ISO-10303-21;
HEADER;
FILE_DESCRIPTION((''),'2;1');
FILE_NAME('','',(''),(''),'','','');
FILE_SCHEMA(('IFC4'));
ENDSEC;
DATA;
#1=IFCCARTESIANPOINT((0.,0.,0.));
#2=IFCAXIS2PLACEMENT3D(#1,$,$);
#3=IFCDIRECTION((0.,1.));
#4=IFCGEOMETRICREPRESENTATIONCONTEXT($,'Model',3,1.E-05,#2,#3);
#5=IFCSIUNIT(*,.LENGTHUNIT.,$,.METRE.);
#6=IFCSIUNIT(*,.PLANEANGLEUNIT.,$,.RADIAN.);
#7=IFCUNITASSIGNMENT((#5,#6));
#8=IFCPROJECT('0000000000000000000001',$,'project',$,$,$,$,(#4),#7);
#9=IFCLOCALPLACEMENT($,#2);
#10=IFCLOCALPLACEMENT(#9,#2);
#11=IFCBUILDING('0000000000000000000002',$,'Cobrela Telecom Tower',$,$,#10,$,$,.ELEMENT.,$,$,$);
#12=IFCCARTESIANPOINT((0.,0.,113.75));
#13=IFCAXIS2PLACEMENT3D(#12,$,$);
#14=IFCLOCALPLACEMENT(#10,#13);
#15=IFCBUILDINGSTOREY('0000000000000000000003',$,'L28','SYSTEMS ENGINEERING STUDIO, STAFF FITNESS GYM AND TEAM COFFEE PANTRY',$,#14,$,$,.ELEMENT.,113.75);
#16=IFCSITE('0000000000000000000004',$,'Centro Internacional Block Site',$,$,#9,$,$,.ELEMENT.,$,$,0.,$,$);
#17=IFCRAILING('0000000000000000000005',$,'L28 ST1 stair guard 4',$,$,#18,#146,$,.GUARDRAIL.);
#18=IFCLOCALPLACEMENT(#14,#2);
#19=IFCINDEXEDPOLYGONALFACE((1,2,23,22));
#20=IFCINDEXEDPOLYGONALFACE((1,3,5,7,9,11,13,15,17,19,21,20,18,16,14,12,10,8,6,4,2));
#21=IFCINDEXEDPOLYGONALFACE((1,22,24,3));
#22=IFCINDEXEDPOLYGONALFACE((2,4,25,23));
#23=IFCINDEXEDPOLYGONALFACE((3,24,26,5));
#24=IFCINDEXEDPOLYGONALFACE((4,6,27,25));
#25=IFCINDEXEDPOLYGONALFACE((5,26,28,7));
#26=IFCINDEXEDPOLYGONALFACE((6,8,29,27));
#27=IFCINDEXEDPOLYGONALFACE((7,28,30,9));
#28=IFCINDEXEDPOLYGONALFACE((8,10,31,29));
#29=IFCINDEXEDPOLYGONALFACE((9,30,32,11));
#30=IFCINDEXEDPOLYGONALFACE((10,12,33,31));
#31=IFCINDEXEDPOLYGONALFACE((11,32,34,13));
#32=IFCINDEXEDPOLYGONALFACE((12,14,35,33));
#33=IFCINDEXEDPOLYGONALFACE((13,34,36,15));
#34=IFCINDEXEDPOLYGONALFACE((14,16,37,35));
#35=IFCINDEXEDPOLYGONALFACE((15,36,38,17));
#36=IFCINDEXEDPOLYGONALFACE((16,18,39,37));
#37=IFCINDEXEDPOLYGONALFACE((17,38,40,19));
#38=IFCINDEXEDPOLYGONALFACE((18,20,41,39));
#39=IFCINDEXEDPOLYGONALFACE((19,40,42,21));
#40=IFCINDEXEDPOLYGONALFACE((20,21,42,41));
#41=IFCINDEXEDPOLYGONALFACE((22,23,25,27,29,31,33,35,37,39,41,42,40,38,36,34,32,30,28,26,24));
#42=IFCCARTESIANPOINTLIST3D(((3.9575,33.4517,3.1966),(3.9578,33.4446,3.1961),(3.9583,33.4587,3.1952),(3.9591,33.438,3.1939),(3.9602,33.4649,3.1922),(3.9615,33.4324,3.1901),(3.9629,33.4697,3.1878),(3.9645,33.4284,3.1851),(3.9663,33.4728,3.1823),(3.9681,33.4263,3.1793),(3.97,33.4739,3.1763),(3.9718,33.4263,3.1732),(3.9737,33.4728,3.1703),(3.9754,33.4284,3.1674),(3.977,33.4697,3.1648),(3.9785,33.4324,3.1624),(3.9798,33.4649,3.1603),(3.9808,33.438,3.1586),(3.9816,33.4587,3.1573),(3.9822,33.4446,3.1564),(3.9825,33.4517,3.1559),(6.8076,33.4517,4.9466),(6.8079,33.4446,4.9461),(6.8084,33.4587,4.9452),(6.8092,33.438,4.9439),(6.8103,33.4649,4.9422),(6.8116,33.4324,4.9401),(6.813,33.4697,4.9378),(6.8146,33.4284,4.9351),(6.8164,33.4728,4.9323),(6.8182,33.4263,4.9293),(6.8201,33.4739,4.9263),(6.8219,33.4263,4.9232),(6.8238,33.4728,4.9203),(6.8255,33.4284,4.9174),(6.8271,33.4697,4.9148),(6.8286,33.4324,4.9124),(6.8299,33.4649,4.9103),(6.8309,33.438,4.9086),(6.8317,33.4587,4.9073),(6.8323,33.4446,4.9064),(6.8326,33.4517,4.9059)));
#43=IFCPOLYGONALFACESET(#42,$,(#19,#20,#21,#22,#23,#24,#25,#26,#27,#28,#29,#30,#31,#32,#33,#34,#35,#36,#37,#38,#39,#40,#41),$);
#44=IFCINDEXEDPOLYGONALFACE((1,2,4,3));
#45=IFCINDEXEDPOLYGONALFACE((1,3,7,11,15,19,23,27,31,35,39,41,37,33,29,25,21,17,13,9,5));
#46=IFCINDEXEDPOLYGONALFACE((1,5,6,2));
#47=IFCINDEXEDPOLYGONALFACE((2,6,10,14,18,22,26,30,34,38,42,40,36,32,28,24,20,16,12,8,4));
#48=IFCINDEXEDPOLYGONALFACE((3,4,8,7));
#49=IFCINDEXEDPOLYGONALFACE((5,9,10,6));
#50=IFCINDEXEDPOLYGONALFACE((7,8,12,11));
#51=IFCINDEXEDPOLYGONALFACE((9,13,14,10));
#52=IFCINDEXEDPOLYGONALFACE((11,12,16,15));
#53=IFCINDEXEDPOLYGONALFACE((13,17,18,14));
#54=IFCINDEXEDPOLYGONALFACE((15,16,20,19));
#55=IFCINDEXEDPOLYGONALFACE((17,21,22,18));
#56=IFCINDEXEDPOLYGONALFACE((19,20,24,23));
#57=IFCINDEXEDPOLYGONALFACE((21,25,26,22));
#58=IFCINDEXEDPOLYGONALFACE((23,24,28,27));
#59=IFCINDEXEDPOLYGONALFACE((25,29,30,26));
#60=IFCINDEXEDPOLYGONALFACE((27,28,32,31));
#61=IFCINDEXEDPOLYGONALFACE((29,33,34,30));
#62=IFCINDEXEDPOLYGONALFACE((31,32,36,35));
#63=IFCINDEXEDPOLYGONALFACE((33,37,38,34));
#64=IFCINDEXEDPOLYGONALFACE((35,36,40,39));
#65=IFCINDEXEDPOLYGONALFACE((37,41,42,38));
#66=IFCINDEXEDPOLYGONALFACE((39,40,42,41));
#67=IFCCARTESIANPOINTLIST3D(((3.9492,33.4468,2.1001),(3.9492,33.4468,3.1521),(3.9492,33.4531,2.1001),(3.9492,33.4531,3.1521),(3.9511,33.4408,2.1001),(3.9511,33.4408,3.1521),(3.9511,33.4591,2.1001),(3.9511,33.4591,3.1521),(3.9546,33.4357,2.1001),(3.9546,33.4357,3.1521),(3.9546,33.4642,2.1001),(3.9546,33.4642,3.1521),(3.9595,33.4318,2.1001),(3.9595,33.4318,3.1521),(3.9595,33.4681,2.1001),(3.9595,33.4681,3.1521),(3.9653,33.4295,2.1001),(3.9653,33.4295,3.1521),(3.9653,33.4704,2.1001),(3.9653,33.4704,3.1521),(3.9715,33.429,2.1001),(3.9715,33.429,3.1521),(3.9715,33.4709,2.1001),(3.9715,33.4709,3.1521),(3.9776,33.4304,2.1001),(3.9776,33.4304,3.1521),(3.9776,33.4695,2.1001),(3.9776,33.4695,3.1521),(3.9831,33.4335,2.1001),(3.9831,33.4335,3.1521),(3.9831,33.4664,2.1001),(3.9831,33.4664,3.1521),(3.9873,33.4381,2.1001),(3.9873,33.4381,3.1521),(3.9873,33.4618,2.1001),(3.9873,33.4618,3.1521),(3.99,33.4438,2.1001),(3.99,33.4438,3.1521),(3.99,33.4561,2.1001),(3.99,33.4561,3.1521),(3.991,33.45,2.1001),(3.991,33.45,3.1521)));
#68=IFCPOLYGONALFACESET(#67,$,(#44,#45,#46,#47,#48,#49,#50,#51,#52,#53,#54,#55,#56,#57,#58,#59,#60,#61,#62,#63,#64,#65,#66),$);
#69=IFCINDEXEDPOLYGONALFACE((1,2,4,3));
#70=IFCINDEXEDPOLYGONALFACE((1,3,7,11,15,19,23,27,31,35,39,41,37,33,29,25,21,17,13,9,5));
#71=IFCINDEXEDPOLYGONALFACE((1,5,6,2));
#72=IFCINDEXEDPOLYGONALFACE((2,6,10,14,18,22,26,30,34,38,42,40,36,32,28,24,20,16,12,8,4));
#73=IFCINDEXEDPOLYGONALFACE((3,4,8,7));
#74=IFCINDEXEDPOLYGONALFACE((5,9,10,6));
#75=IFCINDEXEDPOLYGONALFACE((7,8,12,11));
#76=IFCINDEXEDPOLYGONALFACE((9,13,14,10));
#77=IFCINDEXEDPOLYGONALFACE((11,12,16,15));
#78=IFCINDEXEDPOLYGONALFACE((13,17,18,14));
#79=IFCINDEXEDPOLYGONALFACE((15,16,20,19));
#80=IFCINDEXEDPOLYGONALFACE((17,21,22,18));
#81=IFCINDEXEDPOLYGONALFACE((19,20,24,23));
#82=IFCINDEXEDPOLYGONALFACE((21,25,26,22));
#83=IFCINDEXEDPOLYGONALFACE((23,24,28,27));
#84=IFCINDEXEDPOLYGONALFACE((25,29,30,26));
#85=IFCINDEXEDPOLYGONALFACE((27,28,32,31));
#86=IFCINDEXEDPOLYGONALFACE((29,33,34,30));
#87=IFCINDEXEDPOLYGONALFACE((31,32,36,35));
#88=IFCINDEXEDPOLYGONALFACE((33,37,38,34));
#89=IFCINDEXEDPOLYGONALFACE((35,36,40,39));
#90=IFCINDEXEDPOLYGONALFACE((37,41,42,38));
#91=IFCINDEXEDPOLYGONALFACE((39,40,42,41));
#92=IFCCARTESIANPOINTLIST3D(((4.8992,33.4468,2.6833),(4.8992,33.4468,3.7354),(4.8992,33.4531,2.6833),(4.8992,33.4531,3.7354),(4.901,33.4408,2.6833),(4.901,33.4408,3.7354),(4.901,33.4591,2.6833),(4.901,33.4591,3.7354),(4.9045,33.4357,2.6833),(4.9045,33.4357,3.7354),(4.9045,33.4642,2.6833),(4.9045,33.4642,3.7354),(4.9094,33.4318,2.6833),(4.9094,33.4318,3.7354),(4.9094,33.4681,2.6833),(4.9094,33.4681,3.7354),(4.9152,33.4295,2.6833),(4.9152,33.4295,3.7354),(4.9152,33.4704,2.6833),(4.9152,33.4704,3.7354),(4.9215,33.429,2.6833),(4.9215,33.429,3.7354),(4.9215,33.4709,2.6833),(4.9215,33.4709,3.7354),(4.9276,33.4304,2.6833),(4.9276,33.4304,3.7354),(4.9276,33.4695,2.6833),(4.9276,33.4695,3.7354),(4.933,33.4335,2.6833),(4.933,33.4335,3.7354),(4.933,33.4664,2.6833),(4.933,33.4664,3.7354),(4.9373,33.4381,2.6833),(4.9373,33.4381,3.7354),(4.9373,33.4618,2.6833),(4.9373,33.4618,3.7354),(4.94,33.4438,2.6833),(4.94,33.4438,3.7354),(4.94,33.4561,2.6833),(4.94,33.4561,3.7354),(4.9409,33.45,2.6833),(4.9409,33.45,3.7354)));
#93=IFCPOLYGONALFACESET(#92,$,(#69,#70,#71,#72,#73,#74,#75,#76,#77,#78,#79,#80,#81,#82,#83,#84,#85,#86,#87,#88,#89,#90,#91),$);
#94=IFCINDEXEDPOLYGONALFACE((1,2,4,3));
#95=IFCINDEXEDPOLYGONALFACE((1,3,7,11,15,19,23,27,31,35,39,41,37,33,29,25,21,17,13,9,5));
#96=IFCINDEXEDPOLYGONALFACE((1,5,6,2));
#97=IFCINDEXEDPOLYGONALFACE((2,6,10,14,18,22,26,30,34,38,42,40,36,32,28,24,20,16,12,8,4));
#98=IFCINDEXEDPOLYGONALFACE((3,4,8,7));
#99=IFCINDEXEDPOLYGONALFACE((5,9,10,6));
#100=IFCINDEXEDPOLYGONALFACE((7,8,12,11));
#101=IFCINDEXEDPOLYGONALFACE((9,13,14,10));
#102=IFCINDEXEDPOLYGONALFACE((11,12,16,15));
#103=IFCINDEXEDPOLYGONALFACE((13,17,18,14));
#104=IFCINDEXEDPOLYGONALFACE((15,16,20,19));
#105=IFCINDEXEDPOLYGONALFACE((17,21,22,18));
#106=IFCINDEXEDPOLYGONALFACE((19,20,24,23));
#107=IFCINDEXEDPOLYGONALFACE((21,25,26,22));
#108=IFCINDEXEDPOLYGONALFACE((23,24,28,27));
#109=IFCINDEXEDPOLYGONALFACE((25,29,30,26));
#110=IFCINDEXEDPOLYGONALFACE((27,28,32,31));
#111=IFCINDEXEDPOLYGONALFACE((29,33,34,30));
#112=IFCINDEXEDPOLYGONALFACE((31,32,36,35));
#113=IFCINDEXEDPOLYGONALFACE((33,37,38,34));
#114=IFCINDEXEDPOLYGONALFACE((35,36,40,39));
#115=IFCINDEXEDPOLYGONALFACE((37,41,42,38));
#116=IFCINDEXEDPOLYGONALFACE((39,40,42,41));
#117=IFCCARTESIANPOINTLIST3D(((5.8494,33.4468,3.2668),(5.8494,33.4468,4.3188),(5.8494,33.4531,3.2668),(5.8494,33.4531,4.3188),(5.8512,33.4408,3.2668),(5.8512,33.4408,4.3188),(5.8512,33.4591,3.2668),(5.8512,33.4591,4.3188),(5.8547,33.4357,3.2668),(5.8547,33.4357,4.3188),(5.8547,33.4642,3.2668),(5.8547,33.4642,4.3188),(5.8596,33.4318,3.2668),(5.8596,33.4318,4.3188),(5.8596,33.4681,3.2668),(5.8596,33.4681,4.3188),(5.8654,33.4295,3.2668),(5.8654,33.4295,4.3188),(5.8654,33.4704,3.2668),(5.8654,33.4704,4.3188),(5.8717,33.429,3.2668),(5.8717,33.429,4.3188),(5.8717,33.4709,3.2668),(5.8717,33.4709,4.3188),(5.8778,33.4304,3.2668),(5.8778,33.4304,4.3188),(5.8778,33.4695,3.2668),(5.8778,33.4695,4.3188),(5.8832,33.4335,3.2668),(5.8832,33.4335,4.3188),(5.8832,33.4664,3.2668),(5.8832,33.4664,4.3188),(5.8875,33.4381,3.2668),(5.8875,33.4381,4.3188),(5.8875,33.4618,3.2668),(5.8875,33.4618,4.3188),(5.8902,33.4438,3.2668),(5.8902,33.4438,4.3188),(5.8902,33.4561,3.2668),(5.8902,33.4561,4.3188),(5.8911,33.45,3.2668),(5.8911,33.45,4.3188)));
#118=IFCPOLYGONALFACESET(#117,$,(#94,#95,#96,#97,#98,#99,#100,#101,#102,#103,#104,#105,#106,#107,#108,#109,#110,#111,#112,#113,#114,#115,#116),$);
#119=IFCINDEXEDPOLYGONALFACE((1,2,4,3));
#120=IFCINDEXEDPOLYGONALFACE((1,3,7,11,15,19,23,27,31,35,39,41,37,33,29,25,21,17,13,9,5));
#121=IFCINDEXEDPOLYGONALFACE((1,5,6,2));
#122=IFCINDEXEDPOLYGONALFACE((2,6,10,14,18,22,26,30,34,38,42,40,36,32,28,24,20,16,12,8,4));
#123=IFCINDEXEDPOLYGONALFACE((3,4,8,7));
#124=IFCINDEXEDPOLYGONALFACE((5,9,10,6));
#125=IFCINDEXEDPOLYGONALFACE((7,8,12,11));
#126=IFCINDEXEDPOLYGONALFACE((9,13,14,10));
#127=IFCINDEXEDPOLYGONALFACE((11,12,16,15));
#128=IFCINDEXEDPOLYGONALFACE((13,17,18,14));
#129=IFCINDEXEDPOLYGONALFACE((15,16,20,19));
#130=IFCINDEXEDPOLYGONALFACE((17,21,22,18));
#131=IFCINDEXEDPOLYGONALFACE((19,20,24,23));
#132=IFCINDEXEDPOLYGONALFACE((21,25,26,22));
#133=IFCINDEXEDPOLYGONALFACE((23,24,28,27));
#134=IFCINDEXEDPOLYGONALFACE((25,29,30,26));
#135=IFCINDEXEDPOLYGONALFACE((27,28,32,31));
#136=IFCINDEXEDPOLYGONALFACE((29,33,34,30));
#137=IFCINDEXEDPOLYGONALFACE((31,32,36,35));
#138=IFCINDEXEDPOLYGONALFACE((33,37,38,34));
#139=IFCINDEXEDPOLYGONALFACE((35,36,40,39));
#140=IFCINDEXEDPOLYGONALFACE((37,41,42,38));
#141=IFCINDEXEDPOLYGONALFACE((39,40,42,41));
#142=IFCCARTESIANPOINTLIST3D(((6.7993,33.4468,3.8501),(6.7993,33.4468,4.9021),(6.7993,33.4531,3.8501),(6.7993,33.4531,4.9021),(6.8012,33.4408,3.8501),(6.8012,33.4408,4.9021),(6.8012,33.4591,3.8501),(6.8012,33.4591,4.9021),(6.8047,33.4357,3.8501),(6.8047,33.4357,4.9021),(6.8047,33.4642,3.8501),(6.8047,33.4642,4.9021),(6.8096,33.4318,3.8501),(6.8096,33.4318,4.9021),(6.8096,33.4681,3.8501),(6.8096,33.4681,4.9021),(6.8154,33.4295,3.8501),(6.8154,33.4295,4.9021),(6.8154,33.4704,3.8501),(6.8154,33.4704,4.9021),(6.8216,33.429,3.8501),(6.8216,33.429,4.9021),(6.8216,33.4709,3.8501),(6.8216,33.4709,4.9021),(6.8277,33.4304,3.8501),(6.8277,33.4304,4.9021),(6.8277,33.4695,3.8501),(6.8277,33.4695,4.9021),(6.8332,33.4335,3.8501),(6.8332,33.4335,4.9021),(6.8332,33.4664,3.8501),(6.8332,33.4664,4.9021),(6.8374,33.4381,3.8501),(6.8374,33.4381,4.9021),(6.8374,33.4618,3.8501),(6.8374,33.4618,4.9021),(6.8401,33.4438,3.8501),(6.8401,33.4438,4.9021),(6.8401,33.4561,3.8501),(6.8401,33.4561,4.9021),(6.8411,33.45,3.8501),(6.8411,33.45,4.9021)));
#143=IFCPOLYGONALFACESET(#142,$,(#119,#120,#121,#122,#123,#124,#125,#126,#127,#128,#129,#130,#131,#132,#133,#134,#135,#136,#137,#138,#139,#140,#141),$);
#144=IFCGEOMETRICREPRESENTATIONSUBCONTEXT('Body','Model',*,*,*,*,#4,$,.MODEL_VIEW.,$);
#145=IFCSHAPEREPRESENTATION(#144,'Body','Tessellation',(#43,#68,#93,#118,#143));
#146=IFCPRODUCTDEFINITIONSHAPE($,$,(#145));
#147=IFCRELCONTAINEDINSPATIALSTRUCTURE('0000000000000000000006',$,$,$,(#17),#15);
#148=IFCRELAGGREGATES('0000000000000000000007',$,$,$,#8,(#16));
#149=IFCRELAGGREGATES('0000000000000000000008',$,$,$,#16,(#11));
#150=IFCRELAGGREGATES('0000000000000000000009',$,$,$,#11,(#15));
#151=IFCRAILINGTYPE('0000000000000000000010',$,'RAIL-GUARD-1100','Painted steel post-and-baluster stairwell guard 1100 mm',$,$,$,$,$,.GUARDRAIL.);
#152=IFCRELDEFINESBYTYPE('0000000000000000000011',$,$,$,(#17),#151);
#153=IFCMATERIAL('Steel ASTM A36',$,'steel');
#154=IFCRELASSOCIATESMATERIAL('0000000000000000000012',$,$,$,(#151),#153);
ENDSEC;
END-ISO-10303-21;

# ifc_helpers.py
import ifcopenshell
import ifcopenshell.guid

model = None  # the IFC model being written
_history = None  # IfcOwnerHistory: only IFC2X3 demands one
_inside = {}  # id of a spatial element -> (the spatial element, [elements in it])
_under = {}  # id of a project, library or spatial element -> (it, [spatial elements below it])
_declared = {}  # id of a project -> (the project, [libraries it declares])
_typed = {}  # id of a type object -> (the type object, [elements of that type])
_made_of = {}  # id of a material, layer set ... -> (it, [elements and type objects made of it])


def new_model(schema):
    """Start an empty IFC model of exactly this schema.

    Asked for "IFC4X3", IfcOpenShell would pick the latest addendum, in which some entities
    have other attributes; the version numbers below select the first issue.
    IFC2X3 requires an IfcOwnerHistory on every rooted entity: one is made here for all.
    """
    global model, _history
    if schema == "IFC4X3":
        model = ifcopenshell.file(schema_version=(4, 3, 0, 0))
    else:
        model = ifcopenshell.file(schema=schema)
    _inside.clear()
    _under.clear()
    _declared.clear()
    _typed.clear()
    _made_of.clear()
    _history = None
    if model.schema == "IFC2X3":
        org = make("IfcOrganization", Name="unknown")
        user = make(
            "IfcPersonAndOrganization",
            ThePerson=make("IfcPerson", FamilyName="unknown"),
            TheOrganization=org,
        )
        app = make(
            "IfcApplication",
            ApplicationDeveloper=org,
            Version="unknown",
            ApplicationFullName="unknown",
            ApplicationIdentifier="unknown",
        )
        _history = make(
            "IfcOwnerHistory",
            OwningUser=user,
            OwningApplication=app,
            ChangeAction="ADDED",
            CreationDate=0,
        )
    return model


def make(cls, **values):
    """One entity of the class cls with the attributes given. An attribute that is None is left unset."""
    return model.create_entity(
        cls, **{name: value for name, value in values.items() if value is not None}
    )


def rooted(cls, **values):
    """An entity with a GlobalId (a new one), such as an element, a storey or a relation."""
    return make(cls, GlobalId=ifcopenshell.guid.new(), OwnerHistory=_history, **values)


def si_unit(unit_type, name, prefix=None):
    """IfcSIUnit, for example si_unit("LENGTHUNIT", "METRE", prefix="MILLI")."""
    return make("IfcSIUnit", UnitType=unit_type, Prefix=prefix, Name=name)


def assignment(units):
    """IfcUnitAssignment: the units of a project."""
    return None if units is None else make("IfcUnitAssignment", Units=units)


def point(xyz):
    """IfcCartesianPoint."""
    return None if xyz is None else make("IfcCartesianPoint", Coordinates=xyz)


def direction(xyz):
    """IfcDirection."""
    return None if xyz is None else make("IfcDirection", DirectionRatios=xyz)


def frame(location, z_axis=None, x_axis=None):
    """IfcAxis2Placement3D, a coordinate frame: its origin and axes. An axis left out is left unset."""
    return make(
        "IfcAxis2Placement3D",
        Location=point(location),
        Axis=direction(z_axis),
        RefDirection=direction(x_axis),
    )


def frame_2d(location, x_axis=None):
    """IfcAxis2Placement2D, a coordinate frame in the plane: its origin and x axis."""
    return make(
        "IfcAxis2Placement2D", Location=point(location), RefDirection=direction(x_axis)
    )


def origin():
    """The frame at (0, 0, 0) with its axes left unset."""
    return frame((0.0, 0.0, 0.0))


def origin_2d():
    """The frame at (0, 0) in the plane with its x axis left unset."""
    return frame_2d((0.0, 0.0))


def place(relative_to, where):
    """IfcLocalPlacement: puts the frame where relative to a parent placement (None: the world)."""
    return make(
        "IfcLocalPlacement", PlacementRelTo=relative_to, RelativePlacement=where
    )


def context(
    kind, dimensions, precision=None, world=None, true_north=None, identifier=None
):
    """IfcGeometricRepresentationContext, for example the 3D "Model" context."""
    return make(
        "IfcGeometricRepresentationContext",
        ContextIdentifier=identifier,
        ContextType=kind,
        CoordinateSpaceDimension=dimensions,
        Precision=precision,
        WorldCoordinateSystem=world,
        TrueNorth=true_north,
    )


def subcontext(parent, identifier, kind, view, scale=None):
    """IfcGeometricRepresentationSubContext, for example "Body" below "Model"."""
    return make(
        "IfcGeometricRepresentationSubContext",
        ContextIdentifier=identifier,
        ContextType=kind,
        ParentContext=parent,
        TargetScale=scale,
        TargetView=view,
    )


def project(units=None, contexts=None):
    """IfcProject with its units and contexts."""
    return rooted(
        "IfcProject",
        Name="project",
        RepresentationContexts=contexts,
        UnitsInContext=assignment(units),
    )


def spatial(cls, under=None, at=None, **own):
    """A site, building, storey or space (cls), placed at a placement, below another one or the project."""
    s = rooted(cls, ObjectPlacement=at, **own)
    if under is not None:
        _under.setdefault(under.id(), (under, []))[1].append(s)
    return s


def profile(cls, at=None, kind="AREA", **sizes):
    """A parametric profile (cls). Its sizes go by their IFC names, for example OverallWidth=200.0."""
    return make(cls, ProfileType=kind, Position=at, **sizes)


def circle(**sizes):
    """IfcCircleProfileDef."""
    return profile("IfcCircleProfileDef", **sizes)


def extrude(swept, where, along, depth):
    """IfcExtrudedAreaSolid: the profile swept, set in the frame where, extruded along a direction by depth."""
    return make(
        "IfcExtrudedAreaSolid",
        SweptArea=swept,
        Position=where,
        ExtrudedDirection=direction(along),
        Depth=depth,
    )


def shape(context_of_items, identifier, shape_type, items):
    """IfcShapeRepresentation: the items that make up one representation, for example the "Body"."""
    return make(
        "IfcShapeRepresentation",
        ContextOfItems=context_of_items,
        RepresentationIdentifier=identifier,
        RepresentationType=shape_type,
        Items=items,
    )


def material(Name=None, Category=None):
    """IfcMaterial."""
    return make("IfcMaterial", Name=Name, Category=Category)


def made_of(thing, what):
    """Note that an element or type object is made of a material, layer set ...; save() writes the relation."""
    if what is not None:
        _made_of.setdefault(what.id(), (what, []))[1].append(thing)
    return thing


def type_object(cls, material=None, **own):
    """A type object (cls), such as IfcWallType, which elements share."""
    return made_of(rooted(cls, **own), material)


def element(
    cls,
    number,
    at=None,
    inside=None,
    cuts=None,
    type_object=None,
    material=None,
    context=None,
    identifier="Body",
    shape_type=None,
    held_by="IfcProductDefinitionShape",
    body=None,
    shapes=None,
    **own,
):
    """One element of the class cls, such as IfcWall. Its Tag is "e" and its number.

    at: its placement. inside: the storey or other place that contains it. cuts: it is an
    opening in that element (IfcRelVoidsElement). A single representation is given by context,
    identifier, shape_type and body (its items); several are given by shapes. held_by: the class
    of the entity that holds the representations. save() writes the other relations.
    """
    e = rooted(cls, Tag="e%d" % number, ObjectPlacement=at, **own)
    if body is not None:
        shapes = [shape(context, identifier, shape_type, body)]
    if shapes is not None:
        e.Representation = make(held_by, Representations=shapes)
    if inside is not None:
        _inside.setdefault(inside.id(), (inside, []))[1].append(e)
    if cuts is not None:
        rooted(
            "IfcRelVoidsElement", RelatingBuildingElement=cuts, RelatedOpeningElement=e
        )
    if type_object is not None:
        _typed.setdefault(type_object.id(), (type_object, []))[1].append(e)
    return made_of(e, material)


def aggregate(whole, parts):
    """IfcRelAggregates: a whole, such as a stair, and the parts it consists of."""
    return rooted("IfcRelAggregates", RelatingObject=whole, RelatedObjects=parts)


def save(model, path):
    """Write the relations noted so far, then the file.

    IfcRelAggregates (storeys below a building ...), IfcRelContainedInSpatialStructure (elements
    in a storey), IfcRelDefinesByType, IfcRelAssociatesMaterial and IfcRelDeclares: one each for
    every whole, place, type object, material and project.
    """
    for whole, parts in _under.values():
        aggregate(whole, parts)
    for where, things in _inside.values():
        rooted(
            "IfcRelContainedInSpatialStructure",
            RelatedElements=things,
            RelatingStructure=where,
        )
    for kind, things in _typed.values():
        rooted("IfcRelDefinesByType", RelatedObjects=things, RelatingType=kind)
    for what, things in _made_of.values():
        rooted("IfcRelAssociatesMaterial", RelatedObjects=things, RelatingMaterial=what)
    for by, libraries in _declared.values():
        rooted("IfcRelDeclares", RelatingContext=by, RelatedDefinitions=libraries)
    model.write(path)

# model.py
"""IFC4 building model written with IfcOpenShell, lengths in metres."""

from ifc_helpers import new_model, si_unit, direction, frame, origin, origin_2d, place, context, subcontext, project, spatial, circle, extrude, material, type_object, element, save


model = new_model("IFC4")

# Units and contexts
model_context = context("Model", 3, precision=1e-05, world=origin(), true_north=direction((0.0, 1.0)))
body_context = subcontext(model_context, "Body", "Model", "MODEL_VIEW")
ifc_project = project(units=[si_unit("LENGTHUNIT", "METRE"), si_unit("PLANEANGLEUNIT", "RADIAN")], contexts=[model_context])

# Site, building, storey
site_placement = place(None, origin())
site = spatial("IfcSite", under=ifc_project, at=site_placement, Name="Centro Internacional Block Site", CompositionType="ELEMENT", RefElevation=0.0)
building_placement = place(site_placement, origin())
building = spatial("IfcBuilding", under=site, at=building_placement, Name="Cobrela Telecom Tower", CompositionType="ELEMENT")
storey_placement = place(building_placement, frame((0.0, 0.0, 113.75)))
storey = spatial("IfcBuildingStorey", under=building, at=storey_placement, Name="L28", Description="SYSTEMS ENGINEERING STUDIO, STAFF FITNESS GYM AND TEAM COFFEE PANTRY", CompositionType="ELEMENT", Elevation=113.75)

# Shared definitions
ifc_material_1 = material(Name="Steel ASTM A36", Category="steel")

# Railing
railing_type_1 = type_object("IfcRailingType", Name="RAIL-GUARD-1100", Description="Painted steel post-and-baluster stairwell guard 1100 mm", PredefinedType="GUARDRAIL", material=ifc_material_1)
railing_1_placement = place(storey_placement, frame((3.97, 33.45, 2.1001)))
element("IfcRailing", 1, at=railing_1_placement, inside=storey, type_object=railing_type_1, Name="L28 ST1 stair guard 4", PredefinedType="GUARDRAIL", context=body_context, shape_type="SweptSolid", body=[
    extrude(circle(Radius=0.0239, at=origin_2d()), frame((0.0, 0.0, 1.0762), z_axis=(0.852179, 0.0, 0.52325), x_axis=(0.0, 1.0, 0.0)), (0.0, 0.0, 1.0), 3.3445),
    extrude(circle(Radius=0.021, at=origin_2d()), origin(), (0.0, 0.0, 1.0), 1.052),
    extrude(circle(Radius=0.021, at=origin_2d()), frame((0.95, 0.0, 0.5833)), (0.0, 0.0, 1.0), 1.052),
    extrude(circle(Radius=0.021, at=origin_2d()), frame((1.9001, 0.0, 1.1667)), (0.0, 0.0, 1.0), 1.052),
    extrude(circle(Radius=0.021, at=origin_2d()), frame((2.8501, 0.0, 1.75)), (0.0, 0.0, 1.0), 1.052),
])

save(model, "model.ifc")
